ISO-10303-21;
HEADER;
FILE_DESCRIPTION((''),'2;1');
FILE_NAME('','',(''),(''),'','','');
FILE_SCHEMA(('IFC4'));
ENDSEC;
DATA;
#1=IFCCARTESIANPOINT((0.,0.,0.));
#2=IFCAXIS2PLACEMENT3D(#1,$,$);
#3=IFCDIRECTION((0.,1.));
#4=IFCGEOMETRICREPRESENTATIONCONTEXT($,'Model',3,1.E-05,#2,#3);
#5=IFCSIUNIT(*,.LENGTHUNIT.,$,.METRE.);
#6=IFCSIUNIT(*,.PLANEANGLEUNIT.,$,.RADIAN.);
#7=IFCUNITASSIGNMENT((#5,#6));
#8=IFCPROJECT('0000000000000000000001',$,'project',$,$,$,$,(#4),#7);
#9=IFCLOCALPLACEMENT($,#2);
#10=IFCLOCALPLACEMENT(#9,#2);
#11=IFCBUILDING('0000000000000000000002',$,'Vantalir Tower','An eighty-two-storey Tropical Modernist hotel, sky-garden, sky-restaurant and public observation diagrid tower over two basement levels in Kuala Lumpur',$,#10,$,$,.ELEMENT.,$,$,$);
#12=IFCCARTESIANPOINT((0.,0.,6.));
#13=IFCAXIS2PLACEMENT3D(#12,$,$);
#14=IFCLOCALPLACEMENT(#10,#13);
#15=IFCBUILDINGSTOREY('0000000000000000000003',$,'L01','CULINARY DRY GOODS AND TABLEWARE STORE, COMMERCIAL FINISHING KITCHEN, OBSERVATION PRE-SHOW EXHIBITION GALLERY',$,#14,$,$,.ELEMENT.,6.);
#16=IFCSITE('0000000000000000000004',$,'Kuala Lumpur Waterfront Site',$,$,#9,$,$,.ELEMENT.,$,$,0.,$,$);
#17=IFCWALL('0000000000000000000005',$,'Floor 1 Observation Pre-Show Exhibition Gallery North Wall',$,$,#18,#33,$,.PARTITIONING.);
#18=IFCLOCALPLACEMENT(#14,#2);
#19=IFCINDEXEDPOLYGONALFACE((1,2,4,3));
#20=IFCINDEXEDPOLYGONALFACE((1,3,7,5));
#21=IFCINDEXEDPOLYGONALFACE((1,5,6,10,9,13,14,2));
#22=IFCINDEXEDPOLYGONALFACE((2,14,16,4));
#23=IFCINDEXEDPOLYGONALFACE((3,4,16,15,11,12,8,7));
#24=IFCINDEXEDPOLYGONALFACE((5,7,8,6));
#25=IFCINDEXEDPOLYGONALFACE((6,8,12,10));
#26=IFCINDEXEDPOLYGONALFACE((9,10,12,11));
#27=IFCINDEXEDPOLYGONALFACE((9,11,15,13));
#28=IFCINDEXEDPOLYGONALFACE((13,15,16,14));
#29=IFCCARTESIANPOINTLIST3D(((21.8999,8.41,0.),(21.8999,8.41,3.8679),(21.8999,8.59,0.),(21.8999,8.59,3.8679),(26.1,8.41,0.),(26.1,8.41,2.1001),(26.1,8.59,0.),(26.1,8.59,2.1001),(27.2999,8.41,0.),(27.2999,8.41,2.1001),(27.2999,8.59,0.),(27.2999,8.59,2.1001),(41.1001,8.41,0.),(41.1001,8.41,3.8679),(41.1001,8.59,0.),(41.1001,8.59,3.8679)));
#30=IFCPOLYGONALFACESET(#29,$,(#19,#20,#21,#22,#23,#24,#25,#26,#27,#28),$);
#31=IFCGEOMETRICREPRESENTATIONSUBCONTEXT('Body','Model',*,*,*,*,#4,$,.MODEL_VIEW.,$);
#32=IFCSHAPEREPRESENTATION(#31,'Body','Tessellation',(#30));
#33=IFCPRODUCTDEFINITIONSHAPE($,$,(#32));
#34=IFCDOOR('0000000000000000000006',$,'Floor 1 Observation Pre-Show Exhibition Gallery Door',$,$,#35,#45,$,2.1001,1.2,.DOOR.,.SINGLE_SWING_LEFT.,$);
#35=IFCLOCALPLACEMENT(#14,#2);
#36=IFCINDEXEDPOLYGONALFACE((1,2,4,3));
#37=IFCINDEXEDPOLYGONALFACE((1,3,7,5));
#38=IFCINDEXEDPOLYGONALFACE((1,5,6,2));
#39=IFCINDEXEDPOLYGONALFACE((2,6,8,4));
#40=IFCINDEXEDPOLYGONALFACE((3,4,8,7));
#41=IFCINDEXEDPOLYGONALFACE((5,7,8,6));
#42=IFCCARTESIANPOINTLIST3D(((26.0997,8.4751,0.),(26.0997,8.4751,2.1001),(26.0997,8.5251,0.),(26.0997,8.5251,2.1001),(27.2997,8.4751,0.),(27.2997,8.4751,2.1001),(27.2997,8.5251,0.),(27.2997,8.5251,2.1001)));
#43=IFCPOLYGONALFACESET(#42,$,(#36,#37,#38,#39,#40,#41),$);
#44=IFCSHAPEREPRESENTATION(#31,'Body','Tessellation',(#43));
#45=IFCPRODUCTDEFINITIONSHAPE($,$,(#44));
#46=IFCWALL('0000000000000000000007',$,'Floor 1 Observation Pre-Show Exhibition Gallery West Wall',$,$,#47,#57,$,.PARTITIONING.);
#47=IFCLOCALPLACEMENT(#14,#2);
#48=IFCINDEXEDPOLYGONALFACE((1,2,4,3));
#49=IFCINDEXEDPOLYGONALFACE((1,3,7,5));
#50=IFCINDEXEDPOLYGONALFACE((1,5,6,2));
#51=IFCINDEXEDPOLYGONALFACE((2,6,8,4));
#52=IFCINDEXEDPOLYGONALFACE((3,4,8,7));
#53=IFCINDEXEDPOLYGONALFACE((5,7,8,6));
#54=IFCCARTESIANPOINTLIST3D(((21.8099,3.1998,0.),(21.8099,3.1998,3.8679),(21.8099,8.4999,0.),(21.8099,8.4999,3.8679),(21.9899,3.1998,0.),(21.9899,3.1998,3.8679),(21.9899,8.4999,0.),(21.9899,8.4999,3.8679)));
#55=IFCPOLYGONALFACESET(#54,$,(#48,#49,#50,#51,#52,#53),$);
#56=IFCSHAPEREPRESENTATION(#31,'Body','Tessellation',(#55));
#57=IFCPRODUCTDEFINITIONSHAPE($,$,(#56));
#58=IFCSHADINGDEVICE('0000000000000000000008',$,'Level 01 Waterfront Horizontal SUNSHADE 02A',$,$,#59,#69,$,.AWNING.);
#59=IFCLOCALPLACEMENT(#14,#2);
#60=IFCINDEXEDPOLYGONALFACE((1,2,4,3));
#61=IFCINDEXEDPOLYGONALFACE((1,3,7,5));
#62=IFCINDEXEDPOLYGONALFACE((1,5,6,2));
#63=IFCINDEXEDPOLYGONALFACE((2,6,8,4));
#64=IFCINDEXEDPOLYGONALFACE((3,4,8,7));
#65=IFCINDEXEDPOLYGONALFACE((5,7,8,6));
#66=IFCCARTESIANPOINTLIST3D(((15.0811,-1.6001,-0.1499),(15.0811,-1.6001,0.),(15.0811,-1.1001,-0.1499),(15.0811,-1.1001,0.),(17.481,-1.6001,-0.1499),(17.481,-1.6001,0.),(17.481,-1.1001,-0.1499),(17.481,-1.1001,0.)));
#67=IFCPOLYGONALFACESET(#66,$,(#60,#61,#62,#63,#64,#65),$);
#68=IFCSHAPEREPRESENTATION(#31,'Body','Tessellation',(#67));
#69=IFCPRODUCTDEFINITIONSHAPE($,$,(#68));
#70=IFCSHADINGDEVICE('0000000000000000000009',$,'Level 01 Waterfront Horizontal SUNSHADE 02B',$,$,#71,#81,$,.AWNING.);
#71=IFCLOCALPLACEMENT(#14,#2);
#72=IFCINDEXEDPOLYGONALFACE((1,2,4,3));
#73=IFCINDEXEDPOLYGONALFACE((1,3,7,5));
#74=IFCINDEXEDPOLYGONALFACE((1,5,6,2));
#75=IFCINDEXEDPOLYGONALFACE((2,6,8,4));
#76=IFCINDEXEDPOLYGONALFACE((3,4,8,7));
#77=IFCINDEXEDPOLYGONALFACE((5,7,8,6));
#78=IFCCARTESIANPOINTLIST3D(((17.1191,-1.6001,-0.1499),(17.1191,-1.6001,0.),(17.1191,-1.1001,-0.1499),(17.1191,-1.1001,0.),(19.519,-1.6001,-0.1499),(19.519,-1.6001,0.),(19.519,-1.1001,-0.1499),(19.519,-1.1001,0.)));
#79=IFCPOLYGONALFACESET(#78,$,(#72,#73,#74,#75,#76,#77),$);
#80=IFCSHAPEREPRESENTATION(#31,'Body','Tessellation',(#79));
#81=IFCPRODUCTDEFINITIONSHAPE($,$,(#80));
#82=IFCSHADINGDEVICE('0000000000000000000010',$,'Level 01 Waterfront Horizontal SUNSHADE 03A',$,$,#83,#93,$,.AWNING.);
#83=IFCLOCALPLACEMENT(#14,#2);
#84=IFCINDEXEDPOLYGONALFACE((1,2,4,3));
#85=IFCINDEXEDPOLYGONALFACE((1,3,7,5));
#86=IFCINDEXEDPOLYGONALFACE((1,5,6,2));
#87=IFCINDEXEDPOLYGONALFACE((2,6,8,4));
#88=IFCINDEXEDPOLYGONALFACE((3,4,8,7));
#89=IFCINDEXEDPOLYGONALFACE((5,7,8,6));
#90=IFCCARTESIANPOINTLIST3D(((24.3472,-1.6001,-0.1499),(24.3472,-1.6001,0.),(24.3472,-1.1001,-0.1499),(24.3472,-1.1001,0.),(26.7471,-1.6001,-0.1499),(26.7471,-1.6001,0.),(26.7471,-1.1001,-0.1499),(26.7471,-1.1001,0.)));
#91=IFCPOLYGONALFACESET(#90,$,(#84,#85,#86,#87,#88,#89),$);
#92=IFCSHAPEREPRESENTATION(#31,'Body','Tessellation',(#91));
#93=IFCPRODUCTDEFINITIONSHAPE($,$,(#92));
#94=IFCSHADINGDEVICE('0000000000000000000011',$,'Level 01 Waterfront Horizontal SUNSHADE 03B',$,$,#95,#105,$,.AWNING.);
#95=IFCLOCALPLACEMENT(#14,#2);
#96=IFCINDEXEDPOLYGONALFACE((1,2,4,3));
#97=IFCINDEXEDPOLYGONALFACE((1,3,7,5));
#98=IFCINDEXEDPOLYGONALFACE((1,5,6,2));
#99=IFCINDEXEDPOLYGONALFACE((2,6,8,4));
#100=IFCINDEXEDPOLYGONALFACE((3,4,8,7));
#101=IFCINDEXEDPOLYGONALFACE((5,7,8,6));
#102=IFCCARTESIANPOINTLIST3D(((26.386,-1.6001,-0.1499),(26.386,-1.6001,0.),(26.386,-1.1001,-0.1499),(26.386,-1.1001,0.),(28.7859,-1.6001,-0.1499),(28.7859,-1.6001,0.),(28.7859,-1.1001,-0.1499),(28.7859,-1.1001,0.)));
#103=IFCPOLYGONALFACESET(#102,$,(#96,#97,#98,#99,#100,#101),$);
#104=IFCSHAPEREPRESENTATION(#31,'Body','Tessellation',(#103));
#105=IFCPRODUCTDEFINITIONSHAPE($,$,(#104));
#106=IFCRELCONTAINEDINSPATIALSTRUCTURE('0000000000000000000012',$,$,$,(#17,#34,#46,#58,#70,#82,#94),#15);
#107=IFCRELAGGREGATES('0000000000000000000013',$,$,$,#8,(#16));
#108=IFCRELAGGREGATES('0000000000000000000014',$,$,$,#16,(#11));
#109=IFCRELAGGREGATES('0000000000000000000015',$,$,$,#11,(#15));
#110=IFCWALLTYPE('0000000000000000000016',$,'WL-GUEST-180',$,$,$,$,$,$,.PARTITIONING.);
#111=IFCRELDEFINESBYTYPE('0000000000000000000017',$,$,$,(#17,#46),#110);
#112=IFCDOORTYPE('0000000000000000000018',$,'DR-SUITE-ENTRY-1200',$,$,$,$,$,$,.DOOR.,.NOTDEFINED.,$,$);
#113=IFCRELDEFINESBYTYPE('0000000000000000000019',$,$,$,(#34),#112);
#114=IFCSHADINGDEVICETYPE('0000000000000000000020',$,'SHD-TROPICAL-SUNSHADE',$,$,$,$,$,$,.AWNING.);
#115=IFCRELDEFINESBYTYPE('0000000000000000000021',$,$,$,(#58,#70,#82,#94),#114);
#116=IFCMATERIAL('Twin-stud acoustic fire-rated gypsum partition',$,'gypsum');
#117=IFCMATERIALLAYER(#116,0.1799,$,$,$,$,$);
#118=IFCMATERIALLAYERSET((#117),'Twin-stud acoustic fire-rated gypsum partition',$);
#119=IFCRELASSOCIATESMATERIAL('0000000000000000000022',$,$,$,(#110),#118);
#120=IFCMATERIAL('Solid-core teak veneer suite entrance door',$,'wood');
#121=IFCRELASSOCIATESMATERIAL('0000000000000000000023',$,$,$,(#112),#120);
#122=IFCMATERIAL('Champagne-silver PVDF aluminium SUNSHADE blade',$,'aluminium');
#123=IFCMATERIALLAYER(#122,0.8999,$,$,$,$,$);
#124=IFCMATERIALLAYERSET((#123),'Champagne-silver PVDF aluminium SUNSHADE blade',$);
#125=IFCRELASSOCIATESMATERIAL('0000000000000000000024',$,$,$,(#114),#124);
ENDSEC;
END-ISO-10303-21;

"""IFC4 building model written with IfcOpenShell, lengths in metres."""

from ifc_helpers import new_model, si_unit, direction, frame, frame_2d, origin, origin_2d, place, context, subcontext, project, spatial, rectangle, extrude, material, layer, layer_set, type_object, element, fill, save


model = new_model("IFC4")

# Units and contexts
model_context = context("Model", 3, precision=1e-05, world=origin(), true_north=direction((0.0, 1.0)))
body_context = subcontext(model_context, "Body", "Model", "MODEL_VIEW")
ifc_project = project(units=[si_unit("LENGTHUNIT", "METRE"), si_unit("PLANEANGLEUNIT", "RADIAN")], contexts=[model_context])

# Site, building, storey
site_placement = place(None, origin())
site = spatial("IfcSite", under=ifc_project, at=site_placement, Name="Kuala Lumpur Waterfront Site", CompositionType="ELEMENT", RefElevation=0.0)
building_placement = place(site_placement, origin())
building = spatial("IfcBuilding", under=site, at=building_placement, Name="Vantalir Tower", Description="An eighty-two-storey Tropical Modernist hotel, sky-garden, sky-restaurant and public observation diagrid tower over two basement levels in Kuala Lumpur", CompositionType="ELEMENT")
storey_placement = place(building_placement, frame((0.0, 0.0, 6.0)))
storey = spatial("IfcBuildingStorey", under=building, at=storey_placement, Name="L01", Description="CULINARY DRY GOODS AND TABLEWARE STORE, COMMERCIAL FINISHING KITCHEN, OBSERVATION PRE-SHOW EXHIBITION GALLERY", CompositionType="ELEMENT", Elevation=6.0)

# Shared definitions
ifc_material_1 = material(Name="Twin-stud acoustic fire-rated gypsum partition", Category="gypsum")
ifc_layer_1 = layer(ifc_material_1, 0.1799)
ifc_layer_set_1 = layer_set([ifc_layer_1], Name="Twin-stud acoustic fire-rated gypsum partition")
wall_type = type_object("IfcWallType", Name="WL-GUEST-180", PredefinedType="PARTITIONING", material=ifc_layer_set_1)

# Wall, opening, door
wall_1_placement = place(storey_placement, frame((21.8999, 8.5, 0.0), z_axis=(0.0, 0.0, 1.0), x_axis=(1.0, 0.0, 0.0)))
wall_1 = element("IfcWall", 1, at=wall_1_placement, inside=storey, type_object=wall_type, Name="Floor 1 Observation Pre-Show Exhibition Gallery North Wall", PredefinedType="PARTITIONING", context=body_context, shape_type="SweptSolid", body=[
    extrude(rectangle(XDim=19.2002, YDim=0.1799, at=frame_2d((9.6001, 0.0))), origin(), (0.0, 0.0, 1.0), 3.8679),
])
opening_placement = place(wall_1_placement, frame((4.2, 0.0, 0.0)))
opening = element("IfcOpeningElement", 2, at=opening_placement, cuts=wall_1, PredefinedType="OPENING", context=body_context, shape_type="SweptSolid", body=[
    extrude(rectangle(XDim=1.2, YDim=2.1001, at=frame_2d((0.6001, 1.05))), frame((0.0, 0.0999, 0.0), z_axis=(0.0, -1.0, 0.0), x_axis=(1.0, 0.0, 0.0)), (0.0, 0.0, 1.0), 0.2),
])
ifc_material_2 = material(Name="Solid-core teak veneer suite entrance door", Category="wood")
door_type = type_object("IfcDoorType", Name="DR-SUITE-ENTRY-1200", OperationType="NOTDEFINED", PredefinedType="DOOR", material=ifc_material_2)
door_placement = place(opening_placement, frame((1.2, 0.0, 0.0), z_axis=(0.0, 0.0, 1.0), x_axis=(-1.0, 0.0, 0.0)))
door = element("IfcDoor", 3, at=door_placement, inside=storey, type_object=door_type, Name="Floor 1 Observation Pre-Show Exhibition Gallery Door", OperationType="SINGLE_SWING_LEFT", OverallHeight=2.1001, OverallWidth=1.2, PredefinedType="DOOR", context=body_context, shape_type="SweptSolid", body=[
    extrude(rectangle(XDim=1.2, YDim=2.1001, at=frame_2d((0.6001, 1.05))), frame((0.0, 0.0249, 0.0), z_axis=(0.0, -1.0, 0.0), x_axis=(1.0, 0.0, 0.0)), (0.0, 0.0, 1.0), 0.05),
])
fill(opening, door)

# Wall
wall_2_placement = place(storey_placement, frame((21.8999, 3.2, 0.0), z_axis=(0.0, 0.0, 1.0), x_axis=(0.0, 1.0, 0.0)))
element("IfcWall", 4, at=wall_2_placement, inside=storey, type_object=wall_type, Name="Floor 1 Observation Pre-Show Exhibition Gallery West Wall", PredefinedType="PARTITIONING", context=body_context, shape_type="SweptSolid", body=[
    extrude(rectangle(XDim=5.3, YDim=0.1799, at=frame_2d((2.6499, 0.0))), origin(), (0.0, 0.0, 1.0), 3.8679),
])

# Shading devices
ifc_material_3 = material(Name="Champagne-silver PVDF aluminium SUNSHADE blade", Category="aluminium")
ifc_layer_2 = layer(ifc_material_3, 0.8999)
ifc_layer_set_2 = layer_set([ifc_layer_2], Name="Champagne-silver PVDF aluminium SUNSHADE blade")
shading_device_type = type_object("IfcShadingDeviceType", Name="SHD-TROPICAL-SUNSHADE", PredefinedType="AWNING", material=ifc_layer_set_2)
for number, where, z_axis, x_axis, name in (
    (5, (16.281, -1.3501, -0.1499), (0.0, 0.0, 1.0), (1.0, 0.0, 0.0), "Level 01 Waterfront Horizontal SUNSHADE 02A"),
    (6, (18.3191, -1.3501, -0.1499), (0.0, 0.0, 1.0), (1.0, 0.0, 0.0), "Level 01 Waterfront Horizontal SUNSHADE 02B"),
    (7, (25.5471, -1.3501, -0.1499), (0.0, 0.0, 1.0), (1.0, 0.0, 0.0), "Level 01 Waterfront Horizontal SUNSHADE 03A"),
    (8, (27.5859, -1.3501, -0.1499), (0.0, 0.0, 1.0), (1.0, 0.0, 0.0), "Level 01 Waterfront Horizontal SUNSHADE 03B"),
):
    element("IfcShadingDevice", number, at=place(storey_placement, frame(where, z_axis=z_axis, x_axis=x_axis)), inside=storey, type_object=shading_device_type, Name=name, PredefinedType="AWNING", context=body_context, shape_type="SweptSolid", body=[
        extrude(rectangle(XDim=2.3999, YDim=0.5, at=origin_2d()), origin(), (0.0, 0.0, 1.0), 0.1499),
    ])

save(model, "model.ifc")
